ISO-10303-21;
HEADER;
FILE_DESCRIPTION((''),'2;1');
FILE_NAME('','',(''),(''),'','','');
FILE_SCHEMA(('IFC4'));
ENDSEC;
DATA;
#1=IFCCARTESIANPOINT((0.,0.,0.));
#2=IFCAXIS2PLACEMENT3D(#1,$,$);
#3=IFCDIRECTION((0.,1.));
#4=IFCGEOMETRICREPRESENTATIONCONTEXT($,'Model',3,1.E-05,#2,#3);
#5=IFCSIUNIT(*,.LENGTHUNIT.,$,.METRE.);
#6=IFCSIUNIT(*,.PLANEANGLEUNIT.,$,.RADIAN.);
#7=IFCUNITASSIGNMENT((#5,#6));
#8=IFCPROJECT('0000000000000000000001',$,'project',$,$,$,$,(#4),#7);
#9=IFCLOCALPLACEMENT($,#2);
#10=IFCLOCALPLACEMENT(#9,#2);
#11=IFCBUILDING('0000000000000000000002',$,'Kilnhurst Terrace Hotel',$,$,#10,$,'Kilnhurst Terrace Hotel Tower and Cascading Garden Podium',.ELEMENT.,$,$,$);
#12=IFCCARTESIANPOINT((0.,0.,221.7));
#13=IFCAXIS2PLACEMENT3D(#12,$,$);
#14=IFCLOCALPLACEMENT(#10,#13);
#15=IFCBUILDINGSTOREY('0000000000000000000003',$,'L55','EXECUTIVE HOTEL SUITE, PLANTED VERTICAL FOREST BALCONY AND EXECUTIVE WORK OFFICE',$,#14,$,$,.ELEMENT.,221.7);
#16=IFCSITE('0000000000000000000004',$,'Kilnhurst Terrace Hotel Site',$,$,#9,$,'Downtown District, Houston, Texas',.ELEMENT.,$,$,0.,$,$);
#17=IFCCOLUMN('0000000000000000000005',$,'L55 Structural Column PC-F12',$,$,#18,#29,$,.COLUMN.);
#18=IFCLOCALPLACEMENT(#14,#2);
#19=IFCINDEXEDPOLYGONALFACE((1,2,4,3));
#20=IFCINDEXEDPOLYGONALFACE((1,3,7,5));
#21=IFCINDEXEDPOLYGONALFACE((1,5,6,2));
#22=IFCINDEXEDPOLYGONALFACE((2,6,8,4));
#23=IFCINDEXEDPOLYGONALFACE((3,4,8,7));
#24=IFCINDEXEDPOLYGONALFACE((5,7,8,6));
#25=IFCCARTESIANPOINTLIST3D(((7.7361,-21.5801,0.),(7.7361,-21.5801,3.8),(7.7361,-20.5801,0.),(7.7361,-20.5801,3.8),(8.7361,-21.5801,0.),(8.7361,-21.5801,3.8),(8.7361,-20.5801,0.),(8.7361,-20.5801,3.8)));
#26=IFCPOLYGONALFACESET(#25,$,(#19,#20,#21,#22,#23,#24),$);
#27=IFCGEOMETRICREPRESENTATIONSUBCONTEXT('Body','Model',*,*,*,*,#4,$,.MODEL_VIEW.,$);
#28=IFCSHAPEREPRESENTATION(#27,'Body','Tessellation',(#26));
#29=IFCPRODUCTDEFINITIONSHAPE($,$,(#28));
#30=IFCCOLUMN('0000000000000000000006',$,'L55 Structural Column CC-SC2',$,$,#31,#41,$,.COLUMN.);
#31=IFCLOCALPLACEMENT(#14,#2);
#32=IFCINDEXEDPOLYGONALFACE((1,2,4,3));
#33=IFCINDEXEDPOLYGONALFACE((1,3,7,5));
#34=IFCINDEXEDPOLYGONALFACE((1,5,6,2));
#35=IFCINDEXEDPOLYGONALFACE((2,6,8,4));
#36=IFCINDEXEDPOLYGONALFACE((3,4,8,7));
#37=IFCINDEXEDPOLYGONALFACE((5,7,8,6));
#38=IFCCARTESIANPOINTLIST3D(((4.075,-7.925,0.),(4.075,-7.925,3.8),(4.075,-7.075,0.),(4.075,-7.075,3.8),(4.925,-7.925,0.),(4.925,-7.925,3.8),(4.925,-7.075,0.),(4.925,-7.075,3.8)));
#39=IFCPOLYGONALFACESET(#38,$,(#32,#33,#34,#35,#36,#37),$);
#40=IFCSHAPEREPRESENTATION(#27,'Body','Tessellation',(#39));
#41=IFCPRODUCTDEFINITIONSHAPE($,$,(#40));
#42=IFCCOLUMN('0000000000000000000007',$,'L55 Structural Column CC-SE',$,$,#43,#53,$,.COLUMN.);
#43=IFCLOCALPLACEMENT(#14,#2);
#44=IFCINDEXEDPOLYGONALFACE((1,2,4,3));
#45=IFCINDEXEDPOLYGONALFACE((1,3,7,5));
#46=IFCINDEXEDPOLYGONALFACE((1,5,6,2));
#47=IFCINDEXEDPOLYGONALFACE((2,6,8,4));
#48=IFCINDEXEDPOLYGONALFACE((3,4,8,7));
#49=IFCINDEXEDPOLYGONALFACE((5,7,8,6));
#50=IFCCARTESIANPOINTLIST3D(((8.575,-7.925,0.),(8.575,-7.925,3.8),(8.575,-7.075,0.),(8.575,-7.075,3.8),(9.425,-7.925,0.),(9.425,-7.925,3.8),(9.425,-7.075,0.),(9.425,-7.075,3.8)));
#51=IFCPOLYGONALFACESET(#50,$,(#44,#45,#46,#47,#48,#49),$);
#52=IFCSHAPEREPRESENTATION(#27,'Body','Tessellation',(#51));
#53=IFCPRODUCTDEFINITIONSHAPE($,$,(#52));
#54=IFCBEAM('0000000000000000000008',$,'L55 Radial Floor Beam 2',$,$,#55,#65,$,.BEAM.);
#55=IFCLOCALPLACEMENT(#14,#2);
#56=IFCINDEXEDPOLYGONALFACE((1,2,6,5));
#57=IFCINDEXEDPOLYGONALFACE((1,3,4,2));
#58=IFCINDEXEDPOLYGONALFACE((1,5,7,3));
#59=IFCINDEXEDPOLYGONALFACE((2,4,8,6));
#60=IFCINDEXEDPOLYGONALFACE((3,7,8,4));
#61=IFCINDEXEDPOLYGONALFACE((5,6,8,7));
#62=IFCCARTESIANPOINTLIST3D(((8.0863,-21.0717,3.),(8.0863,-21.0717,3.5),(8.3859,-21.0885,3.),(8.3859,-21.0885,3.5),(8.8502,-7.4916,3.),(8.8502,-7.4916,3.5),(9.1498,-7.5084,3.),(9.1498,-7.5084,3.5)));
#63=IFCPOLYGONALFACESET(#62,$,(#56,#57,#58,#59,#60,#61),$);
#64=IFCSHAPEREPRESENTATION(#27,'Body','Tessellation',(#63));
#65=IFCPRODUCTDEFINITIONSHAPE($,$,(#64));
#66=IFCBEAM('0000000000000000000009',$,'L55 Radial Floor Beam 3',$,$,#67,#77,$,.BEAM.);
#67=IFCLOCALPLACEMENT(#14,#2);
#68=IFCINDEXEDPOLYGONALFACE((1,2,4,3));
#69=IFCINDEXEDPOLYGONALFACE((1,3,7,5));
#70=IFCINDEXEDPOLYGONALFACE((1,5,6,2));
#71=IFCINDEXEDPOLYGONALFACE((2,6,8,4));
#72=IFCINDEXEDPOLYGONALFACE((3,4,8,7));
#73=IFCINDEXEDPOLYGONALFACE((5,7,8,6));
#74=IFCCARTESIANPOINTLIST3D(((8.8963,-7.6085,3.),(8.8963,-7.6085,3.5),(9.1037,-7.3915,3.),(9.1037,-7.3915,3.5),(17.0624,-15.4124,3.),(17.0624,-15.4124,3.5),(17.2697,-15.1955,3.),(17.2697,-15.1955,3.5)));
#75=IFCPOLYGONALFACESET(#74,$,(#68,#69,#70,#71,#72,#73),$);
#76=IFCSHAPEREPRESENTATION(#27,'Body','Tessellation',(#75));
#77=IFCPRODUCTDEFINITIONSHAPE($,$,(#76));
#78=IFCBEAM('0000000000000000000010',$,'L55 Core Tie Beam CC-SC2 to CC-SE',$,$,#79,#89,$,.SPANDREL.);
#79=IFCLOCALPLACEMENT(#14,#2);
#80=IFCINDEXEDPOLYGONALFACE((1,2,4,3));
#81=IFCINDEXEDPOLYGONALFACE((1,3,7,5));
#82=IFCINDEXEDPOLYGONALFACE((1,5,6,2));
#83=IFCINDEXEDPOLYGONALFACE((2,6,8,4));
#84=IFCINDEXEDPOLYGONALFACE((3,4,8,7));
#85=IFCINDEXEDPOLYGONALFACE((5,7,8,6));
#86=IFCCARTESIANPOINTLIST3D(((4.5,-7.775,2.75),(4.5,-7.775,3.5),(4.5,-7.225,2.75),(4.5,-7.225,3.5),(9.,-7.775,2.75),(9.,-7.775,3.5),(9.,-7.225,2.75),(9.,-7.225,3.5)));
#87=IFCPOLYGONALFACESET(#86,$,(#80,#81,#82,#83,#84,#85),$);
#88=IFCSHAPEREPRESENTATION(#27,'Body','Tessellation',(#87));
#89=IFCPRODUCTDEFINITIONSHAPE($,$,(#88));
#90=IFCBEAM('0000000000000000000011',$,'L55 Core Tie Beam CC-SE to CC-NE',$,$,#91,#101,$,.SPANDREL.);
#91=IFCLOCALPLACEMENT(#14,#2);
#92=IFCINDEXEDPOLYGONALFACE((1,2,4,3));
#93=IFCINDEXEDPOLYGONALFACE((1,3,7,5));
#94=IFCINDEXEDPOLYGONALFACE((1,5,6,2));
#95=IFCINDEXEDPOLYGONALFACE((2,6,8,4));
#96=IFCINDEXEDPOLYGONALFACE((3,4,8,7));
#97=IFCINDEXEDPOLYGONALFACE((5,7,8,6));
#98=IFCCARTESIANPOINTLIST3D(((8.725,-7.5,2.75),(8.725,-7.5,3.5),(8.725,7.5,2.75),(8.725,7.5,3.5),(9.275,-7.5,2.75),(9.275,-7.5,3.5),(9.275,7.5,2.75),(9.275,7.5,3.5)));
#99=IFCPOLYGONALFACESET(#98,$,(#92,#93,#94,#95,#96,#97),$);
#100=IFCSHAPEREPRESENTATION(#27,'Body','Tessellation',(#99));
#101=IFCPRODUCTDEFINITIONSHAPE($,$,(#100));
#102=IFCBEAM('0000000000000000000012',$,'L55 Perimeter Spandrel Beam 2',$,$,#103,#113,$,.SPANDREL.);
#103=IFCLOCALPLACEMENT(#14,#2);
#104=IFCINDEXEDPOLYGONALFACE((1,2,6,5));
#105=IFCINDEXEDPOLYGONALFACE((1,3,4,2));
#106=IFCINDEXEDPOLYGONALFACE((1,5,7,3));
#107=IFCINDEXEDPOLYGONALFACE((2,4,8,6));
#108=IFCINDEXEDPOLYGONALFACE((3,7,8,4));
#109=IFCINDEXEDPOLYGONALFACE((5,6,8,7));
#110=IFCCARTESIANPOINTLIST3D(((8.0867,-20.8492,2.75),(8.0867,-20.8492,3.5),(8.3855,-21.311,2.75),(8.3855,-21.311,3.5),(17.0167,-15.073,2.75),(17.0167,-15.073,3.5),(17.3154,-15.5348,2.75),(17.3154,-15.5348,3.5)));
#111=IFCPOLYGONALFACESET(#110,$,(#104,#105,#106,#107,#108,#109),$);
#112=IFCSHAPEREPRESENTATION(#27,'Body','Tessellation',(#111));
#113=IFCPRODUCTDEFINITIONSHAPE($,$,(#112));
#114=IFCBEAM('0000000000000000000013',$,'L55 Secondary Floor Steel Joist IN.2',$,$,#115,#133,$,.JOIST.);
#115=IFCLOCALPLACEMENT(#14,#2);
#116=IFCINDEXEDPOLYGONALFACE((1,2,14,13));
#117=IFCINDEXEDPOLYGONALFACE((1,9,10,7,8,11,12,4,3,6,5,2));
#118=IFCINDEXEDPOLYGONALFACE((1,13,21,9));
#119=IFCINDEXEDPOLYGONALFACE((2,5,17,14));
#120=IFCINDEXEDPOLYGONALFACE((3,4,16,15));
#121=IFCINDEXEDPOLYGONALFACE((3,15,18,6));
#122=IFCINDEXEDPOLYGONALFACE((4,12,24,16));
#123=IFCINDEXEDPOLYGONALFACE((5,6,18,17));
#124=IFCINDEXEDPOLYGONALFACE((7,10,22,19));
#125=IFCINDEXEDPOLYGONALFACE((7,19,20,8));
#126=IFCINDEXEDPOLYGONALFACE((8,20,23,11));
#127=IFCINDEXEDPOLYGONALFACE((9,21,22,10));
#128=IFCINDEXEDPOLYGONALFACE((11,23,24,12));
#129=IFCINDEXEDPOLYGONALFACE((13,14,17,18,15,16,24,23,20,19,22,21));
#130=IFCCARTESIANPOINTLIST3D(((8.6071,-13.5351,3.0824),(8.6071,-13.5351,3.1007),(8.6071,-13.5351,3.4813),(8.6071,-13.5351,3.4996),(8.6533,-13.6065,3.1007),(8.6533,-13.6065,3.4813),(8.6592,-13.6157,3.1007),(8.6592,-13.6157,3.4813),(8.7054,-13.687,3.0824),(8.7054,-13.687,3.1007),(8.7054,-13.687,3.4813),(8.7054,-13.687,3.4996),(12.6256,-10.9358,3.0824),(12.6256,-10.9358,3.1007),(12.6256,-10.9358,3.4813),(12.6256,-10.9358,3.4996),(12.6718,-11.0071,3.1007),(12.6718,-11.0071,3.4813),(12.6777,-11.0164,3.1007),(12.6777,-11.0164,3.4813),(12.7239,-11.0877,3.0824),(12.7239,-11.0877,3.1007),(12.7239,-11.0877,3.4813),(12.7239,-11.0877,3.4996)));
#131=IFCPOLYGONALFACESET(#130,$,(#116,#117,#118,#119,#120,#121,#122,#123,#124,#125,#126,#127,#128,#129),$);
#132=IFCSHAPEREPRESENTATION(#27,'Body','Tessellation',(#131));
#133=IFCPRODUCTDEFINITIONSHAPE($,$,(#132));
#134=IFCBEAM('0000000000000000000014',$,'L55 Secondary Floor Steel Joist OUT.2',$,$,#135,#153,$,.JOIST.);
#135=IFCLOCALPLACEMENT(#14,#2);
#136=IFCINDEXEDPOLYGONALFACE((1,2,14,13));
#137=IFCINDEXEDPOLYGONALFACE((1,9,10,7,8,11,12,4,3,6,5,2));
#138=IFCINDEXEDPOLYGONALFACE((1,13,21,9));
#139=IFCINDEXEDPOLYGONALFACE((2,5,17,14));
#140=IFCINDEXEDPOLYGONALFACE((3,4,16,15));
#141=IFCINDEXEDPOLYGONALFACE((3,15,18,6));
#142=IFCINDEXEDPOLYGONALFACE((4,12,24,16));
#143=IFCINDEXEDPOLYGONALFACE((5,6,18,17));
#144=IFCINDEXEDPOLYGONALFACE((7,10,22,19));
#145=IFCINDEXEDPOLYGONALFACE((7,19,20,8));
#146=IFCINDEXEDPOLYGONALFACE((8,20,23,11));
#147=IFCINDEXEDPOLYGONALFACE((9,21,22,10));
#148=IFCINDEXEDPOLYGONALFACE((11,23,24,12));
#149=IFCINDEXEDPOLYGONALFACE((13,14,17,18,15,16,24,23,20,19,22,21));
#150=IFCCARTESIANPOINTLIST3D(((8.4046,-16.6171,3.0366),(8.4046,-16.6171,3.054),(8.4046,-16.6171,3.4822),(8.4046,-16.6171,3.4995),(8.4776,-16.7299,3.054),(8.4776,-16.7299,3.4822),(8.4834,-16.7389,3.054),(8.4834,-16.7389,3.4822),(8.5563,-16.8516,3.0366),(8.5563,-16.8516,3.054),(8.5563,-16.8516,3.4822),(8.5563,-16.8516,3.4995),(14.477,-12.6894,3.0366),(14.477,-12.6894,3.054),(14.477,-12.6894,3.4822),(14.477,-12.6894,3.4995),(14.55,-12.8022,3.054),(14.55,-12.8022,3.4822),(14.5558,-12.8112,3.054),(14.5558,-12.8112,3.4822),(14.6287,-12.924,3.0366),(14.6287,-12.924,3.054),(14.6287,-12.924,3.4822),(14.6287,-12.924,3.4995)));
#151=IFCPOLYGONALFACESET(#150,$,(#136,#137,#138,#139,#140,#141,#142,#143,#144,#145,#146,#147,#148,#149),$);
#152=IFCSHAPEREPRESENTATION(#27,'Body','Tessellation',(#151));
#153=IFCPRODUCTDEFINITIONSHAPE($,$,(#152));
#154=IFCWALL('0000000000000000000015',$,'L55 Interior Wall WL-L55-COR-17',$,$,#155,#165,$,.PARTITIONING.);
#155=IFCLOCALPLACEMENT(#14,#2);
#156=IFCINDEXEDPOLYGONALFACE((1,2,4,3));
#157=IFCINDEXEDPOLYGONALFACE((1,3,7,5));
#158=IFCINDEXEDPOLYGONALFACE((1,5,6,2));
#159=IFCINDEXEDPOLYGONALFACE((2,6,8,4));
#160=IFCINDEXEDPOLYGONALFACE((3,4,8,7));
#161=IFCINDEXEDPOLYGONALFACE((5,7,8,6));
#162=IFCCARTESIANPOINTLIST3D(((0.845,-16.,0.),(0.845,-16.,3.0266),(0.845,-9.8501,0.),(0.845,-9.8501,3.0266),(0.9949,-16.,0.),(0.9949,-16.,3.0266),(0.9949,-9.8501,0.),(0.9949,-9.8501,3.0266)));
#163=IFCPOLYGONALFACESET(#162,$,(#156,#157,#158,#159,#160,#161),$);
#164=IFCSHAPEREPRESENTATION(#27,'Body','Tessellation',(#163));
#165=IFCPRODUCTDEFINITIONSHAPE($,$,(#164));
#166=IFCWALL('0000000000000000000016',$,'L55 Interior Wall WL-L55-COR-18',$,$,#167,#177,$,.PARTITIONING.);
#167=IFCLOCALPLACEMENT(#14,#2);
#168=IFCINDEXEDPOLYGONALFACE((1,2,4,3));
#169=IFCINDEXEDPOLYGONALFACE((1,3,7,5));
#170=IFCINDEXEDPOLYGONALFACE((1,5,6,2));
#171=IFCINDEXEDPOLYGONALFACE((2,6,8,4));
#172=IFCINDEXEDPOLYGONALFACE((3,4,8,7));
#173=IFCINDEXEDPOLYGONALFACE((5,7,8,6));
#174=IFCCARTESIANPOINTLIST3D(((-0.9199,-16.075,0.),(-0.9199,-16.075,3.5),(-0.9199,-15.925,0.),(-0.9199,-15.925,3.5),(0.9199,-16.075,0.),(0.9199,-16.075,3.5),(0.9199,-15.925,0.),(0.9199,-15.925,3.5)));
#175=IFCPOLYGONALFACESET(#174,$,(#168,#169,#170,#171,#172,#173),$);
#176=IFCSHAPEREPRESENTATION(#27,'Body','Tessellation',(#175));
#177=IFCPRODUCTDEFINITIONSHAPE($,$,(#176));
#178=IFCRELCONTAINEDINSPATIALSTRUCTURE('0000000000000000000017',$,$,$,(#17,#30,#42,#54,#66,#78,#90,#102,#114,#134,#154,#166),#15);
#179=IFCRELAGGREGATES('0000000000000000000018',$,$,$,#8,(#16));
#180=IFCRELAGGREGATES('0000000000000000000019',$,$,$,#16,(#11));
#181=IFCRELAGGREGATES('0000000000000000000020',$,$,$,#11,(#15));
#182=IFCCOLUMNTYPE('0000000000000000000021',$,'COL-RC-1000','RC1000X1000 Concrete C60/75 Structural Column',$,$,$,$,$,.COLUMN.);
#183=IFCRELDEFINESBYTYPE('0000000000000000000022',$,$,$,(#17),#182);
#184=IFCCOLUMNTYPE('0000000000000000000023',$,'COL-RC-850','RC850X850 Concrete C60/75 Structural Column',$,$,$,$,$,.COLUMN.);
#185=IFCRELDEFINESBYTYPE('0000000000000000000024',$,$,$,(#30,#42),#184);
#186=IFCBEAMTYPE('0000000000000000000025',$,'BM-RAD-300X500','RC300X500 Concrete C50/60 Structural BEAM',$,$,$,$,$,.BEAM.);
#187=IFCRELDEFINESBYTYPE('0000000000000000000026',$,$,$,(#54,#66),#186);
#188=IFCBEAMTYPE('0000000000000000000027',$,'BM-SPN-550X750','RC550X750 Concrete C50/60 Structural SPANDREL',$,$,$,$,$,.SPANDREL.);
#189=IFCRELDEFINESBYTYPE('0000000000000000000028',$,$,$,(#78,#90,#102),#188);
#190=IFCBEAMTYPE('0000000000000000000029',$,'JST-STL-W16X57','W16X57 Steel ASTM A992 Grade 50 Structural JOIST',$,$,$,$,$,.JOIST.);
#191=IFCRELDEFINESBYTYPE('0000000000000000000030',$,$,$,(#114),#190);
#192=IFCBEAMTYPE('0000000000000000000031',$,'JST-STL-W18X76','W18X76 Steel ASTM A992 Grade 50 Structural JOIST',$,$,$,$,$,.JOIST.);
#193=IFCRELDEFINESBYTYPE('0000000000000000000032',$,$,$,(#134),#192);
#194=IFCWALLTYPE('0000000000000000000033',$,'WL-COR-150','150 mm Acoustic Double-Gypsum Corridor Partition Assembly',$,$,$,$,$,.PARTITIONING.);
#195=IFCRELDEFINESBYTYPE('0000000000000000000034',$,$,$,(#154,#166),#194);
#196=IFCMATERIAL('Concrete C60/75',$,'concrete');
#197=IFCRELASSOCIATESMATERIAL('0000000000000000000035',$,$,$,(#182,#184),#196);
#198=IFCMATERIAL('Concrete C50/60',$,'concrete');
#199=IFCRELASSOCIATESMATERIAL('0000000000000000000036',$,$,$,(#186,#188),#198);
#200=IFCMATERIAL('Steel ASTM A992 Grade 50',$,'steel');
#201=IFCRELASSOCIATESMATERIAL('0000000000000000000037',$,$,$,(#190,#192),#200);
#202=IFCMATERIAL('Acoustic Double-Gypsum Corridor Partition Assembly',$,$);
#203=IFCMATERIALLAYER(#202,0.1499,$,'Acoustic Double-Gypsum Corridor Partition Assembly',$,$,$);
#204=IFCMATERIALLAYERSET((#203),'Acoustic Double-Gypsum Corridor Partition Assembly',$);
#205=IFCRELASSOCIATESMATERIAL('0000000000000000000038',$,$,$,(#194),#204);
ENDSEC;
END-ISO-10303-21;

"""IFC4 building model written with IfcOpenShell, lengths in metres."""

from ifc_helpers import new_model, si_unit, direction, frame, frame_2d, origin, origin_2d, place, context, subcontext, project, spatial, rectangle, i_section, extrude, material, layer, layer_set, material_profile, profile_set, type_object, element, save


model = new_model("IFC4")

# Units and contexts
model_context = context("Model", 3, precision=1e-05, world=origin(), true_north=direction((0.0, 1.0)))
body_context = subcontext(model_context, "Body", "Model", "MODEL_VIEW")
ifc_project = project(units=[si_unit("LENGTHUNIT", "METRE"), si_unit("PLANEANGLEUNIT", "RADIAN")], contexts=[model_context])

# Site, building, storey
site_placement = place(None, origin())
site = spatial("IfcSite", under=ifc_project, at=site_placement, Name="Kilnhurst Terrace Hotel Site", LongName="Downtown District, Houston, Texas", CompositionType="ELEMENT", RefElevation=0.0)
building_placement = place(site_placement, origin())
building = spatial("IfcBuilding", under=site, at=building_placement, Name="Kilnhurst Terrace Hotel", LongName="Kilnhurst Terrace Hotel Tower and Cascading Garden Podium", CompositionType="ELEMENT")
storey_placement = place(building_placement, frame((0.0, 0.0, 221.7)))
storey = spatial("IfcBuildingStorey", under=building, at=storey_placement, Name="L55", Description="EXECUTIVE HOTEL SUITE, PLANTED VERTICAL FOREST BALCONY AND EXECUTIVE WORK OFFICE", CompositionType="ELEMENT", Elevation=221.7)

# Columns
ifc_material_1 = material(Name="Concrete C60/75", Category="concrete")
ifc_material_profile_1 = material_profile(ifc_material_1, rectangle(XDim=1.0, YDim=1.0, at=origin_2d()), Name="RC1000X1000")
ifc_profile_set_1 = profile_set([ifc_material_profile_1], Name="Concrete C60/75")
column_type_1 = type_object("IfcColumnType", Name="COL-RC-1000", Description="RC1000X1000 Concrete C60/75 Structural Column", PredefinedType="COLUMN", material=ifc_profile_set_1)
column_placement = place(storey_placement, frame((8.2361, -21.0801, 0.0), z_axis=(0.0, 0.0, 1.0), x_axis=(1.0, 0.0, 0.0)))
element("IfcColumn", 1, at=column_placement, inside=storey, type_object=column_type_1, Name="L55 Structural Column PC-F12", PredefinedType="COLUMN", context=body_context, shape_type="SweptSolid", body=[
    extrude(rectangle(XDim=1.0, YDim=1.0, at=origin_2d()), origin(), (0.0, 0.0, 1.0), 3.8),
])
ifc_material_profile_2 = material_profile(ifc_material_1, rectangle(XDim=0.8501, YDim=0.8501, at=origin_2d()), Name="RC850X850")
ifc_profile_set_2 = profile_set([ifc_material_profile_2], Name="Concrete C60/75")
column_type_2 = type_object("IfcColumnType", Name="COL-RC-850", Description="RC850X850 Concrete C60/75 Structural Column", PredefinedType="COLUMN", material=ifc_profile_set_2)
for number, where, z_axis, x_axis, name in (
    (2, (4.5, -7.5, 0.0), (0.0, 0.0, 1.0), (1.0, 0.0, 0.0), "L55 Structural Column CC-SC2"),
    (3, (9.0, -7.5, 0.0), (0.0, 0.0, 1.0), (1.0, 0.0, 0.0), "L55 Structural Column CC-SE"),
):
    element("IfcColumn", number, at=place(storey_placement, frame(where, z_axis=z_axis, x_axis=x_axis)), inside=storey, type_object=column_type_2, Name=name, PredefinedType="COLUMN", context=body_context, shape_type="SweptSolid", body=[
        extrude(rectangle(XDim=0.8501, YDim=0.8501, at=origin_2d()), origin(), (0.0, 0.0, 1.0), 3.8),
    ])

# Beams
ifc_material_2 = material(Name="Concrete C50/60", Category="concrete")
ifc_material_profile_3 = material_profile(ifc_material_2, rectangle(XDim=0.3, YDim=0.5, at=origin_2d()), Name="RC300X500")
ifc_profile_set_3 = profile_set([ifc_material_profile_3], Name="Concrete C50/60")
beam_type_1 = type_object("IfcBeamType", Name="BM-RAD-300X500", Description="RC300X500 Concrete C50/60 Structural BEAM", PredefinedType="BEAM", material=ifc_profile_set_3)
beam_1_placement = place(storey_placement, frame((9.0, -7.5, 3.25), z_axis=(-0.056164, -0.998422, 0.0), x_axis=(0.998422, -0.056164, 0.0)))
element("IfcBeam", 4, at=beam_1_placement, inside=storey, type_object=beam_type_1, Name="L55 Radial Floor Beam 2", PredefinedType="BEAM", context=body_context, shape_type="SweptSolid", body=[
    extrude(rectangle(XDim=0.3, YDim=0.5, at=origin_2d()), origin(), (0.0, 0.0, 1.0), 13.6016),
])
beam_2_placement = place(storey_placement, frame((9.0, -7.5, 3.25), z_axis=(0.722952, -0.690898, 0.0), x_axis=(0.690898, 0.722952, 0.0)))
element("IfcBeam", 5, at=beam_2_placement, inside=storey, type_object=beam_type_1, Name="L55 Radial Floor Beam 3", PredefinedType="BEAM", context=body_context, shape_type="SweptSolid", body=[
    extrude(rectangle(XDim=0.3, YDim=0.5, at=origin_2d()), origin(), (0.0, 0.0, 1.0), 11.2954),
])
ifc_material_profile_4 = material_profile(ifc_material_2, rectangle(XDim=0.55, YDim=0.75, at=origin_2d()), Name="RC550X750")
ifc_profile_set_4 = profile_set([ifc_material_profile_4], Name="Concrete C50/60")
beam_type_2 = type_object("IfcBeamType", Name="BM-SPN-550X750", Description="RC550X750 Concrete C50/60 Structural SPANDREL", PredefinedType="SPANDREL", material=ifc_profile_set_4)
beam_3_placement = place(storey_placement, frame((4.5, -7.5, 3.125), z_axis=(1.0, 0.0, 0.0), x_axis=(0.0, 1.0, 0.0)))
element("IfcBeam", 6, at=beam_3_placement, inside=storey, type_object=beam_type_2, Name="L55 Core Tie Beam CC-SC2 to CC-SE", PredefinedType="SPANDREL", context=body_context, shape_type="SweptSolid", body=[
    extrude(rectangle(XDim=0.55, YDim=0.75, at=origin_2d()), origin(), (0.0, 0.0, 1.0), 4.5),
])
beam_4_placement = place(storey_placement, frame((9.0, -7.5, 3.125), z_axis=(0.0, 1.0, 0.0), x_axis=(-1.0, 0.0, 0.0)))
element("IfcBeam", 7, at=beam_4_placement, inside=storey, type_object=beam_type_2, Name="L55 Core Tie Beam CC-SE to CC-NE", PredefinedType="SPANDREL", context=body_context, shape_type="SweptSolid", body=[
    extrude(rectangle(XDim=0.55, YDim=0.75, at=origin_2d()), origin(), (0.0, 0.0, 1.0), 15.0),
])
beam_5_placement = place(storey_placement, frame((8.2361, -21.0801, 3.125), z_axis=(0.839659, 0.543114, 0.0), x_axis=(-0.543114, 0.839659, 0.0)))
element("IfcBeam", 8, at=beam_5_placement, inside=storey, type_object=beam_type_2, Name="L55 Perimeter Spandrel Beam 2", PredefinedType="SPANDREL", context=body_context, shape_type="SweptSolid", body=[
    extrude(rectangle(XDim=0.55, YDim=0.75, at=origin_2d()), origin(), (0.0, 0.0, 1.0), 10.6353),
])
ifc_material_3 = material(Name="Steel ASTM A992 Grade 50", Category="steel")
ifc_material_profile_5 = material_profile(ifc_material_3, i_section(OverallWidth=0.1809, OverallDepth=0.4172, WebThickness=0.011, FlangeThickness=0.0183, at=origin_2d()), Name="W16X57")
ifc_profile_set_5 = profile_set([ifc_material_profile_5], Name="Steel ASTM A992 Grade 50")
beam_type_3 = type_object("IfcBeamType", Name="JST-STL-W16X57", Description="W16X57 Steel ASTM A992 Grade 50 Structural JOIST", PredefinedType="JOIST", material=ifc_profile_set_5)
beam_6_placement = place(storey_placement, frame((8.6562, -13.6111, 3.291), z_axis=(0.839654, 0.543122, 0.0), x_axis=(-0.543122, 0.839654, 0.0)))
element("IfcBeam", 9, at=beam_6_placement, inside=storey, type_object=beam_type_3, Name="L55 Secondary Floor Steel Joist IN.2", PredefinedType="JOIST", context=body_context, shape_type="SweptSolid", body=[
    extrude(i_section(OverallWidth=0.1809, OverallDepth=0.4172, WebThickness=0.011, FlangeThickness=0.0183, at=origin_2d()), origin(), (0.0, 0.0, 1.0), 4.7859),
])
ifc_material_profile_6 = material_profile(ifc_material_3, i_section(OverallWidth=0.2793, OverallDepth=0.4629, WebThickness=0.0107, FlangeThickness=0.0173, at=origin_2d()), Name="W18X76")
ifc_profile_set_6 = profile_set([ifc_material_profile_6], Name="Steel ASTM A992 Grade 50")
beam_type_4 = type_object("IfcBeamType", Name="JST-STL-W18X76", Description="W18X76 Steel ASTM A992 Grade 50 Structural JOIST", PredefinedType="JOIST", material=ifc_profile_set_6)
beam_7_placement = place(storey_placement, frame((8.4805, -16.7344, 3.2681), z_axis=(0.839667, 0.543101, 0.0), x_axis=(-0.543101, 0.839667, 0.0)))
element("IfcBeam", 10, at=beam_7_placement, inside=storey, type_object=beam_type_4, Name="L55 Secondary Floor Steel Joist OUT.2", PredefinedType="JOIST", context=body_context, shape_type="SweptSolid", body=[
    extrude(i_section(OverallWidth=0.2793, OverallDepth=0.4629, WebThickness=0.0107, FlangeThickness=0.0173, at=origin_2d()), origin(), (0.0, 0.0, 1.0), 7.2319),
])

# Walls
ifc_material_4 = material(Name="Acoustic Double-Gypsum Corridor Partition Assembly")
ifc_layer_1 = layer(ifc_material_4, 0.1499, Name="Acoustic Double-Gypsum Corridor Partition Assembly")
ifc_layer_set_1 = layer_set([ifc_layer_1], Name="Acoustic Double-Gypsum Corridor Partition Assembly")
wall_type_1 = type_object("IfcWallType", Name="WL-COR-150", Description="150 mm Acoustic Double-Gypsum Corridor Partition Assembly", PredefinedType="PARTITIONING", material=ifc_layer_set_1)
wall_1_placement = place(storey_placement, frame((0.9199, -9.8501, 0.0), z_axis=(0.0, 0.0, 1.0), x_axis=(0.0, -1.0, 0.0)))
element("IfcWall", 11, at=wall_1_placement, inside=storey, type_object=wall_type_1, Name="L55 Interior Wall WL-L55-COR-17", PredefinedType="PARTITIONING", context=body_context, shape_type="SweptSolid", body=[
    extrude(rectangle(XDim=6.1499, YDim=0.1499, at=frame_2d((3.075, 0.0))), origin(), (0.0, 0.0, 1.0), 3.0266),
])
wall_2_placement = place(storey_placement, frame((0.9199, -16.0, 0.0), z_axis=(0.0, 0.0, 1.0), x_axis=(-1.0, 0.0, 0.0)))
element("IfcWall", 12, at=wall_2_placement, inside=storey, type_object=wall_type_1, Name="L55 Interior Wall WL-L55-COR-18", PredefinedType="PARTITIONING", context=body_context, shape_type="SweptSolid", body=[
    extrude(rectangle(XDim=1.8398, YDim=0.1499, at=frame_2d((0.9199, 0.0))), origin(), (0.0, 0.0, 1.0), 3.5),
])

save(model, "model.ifc")
